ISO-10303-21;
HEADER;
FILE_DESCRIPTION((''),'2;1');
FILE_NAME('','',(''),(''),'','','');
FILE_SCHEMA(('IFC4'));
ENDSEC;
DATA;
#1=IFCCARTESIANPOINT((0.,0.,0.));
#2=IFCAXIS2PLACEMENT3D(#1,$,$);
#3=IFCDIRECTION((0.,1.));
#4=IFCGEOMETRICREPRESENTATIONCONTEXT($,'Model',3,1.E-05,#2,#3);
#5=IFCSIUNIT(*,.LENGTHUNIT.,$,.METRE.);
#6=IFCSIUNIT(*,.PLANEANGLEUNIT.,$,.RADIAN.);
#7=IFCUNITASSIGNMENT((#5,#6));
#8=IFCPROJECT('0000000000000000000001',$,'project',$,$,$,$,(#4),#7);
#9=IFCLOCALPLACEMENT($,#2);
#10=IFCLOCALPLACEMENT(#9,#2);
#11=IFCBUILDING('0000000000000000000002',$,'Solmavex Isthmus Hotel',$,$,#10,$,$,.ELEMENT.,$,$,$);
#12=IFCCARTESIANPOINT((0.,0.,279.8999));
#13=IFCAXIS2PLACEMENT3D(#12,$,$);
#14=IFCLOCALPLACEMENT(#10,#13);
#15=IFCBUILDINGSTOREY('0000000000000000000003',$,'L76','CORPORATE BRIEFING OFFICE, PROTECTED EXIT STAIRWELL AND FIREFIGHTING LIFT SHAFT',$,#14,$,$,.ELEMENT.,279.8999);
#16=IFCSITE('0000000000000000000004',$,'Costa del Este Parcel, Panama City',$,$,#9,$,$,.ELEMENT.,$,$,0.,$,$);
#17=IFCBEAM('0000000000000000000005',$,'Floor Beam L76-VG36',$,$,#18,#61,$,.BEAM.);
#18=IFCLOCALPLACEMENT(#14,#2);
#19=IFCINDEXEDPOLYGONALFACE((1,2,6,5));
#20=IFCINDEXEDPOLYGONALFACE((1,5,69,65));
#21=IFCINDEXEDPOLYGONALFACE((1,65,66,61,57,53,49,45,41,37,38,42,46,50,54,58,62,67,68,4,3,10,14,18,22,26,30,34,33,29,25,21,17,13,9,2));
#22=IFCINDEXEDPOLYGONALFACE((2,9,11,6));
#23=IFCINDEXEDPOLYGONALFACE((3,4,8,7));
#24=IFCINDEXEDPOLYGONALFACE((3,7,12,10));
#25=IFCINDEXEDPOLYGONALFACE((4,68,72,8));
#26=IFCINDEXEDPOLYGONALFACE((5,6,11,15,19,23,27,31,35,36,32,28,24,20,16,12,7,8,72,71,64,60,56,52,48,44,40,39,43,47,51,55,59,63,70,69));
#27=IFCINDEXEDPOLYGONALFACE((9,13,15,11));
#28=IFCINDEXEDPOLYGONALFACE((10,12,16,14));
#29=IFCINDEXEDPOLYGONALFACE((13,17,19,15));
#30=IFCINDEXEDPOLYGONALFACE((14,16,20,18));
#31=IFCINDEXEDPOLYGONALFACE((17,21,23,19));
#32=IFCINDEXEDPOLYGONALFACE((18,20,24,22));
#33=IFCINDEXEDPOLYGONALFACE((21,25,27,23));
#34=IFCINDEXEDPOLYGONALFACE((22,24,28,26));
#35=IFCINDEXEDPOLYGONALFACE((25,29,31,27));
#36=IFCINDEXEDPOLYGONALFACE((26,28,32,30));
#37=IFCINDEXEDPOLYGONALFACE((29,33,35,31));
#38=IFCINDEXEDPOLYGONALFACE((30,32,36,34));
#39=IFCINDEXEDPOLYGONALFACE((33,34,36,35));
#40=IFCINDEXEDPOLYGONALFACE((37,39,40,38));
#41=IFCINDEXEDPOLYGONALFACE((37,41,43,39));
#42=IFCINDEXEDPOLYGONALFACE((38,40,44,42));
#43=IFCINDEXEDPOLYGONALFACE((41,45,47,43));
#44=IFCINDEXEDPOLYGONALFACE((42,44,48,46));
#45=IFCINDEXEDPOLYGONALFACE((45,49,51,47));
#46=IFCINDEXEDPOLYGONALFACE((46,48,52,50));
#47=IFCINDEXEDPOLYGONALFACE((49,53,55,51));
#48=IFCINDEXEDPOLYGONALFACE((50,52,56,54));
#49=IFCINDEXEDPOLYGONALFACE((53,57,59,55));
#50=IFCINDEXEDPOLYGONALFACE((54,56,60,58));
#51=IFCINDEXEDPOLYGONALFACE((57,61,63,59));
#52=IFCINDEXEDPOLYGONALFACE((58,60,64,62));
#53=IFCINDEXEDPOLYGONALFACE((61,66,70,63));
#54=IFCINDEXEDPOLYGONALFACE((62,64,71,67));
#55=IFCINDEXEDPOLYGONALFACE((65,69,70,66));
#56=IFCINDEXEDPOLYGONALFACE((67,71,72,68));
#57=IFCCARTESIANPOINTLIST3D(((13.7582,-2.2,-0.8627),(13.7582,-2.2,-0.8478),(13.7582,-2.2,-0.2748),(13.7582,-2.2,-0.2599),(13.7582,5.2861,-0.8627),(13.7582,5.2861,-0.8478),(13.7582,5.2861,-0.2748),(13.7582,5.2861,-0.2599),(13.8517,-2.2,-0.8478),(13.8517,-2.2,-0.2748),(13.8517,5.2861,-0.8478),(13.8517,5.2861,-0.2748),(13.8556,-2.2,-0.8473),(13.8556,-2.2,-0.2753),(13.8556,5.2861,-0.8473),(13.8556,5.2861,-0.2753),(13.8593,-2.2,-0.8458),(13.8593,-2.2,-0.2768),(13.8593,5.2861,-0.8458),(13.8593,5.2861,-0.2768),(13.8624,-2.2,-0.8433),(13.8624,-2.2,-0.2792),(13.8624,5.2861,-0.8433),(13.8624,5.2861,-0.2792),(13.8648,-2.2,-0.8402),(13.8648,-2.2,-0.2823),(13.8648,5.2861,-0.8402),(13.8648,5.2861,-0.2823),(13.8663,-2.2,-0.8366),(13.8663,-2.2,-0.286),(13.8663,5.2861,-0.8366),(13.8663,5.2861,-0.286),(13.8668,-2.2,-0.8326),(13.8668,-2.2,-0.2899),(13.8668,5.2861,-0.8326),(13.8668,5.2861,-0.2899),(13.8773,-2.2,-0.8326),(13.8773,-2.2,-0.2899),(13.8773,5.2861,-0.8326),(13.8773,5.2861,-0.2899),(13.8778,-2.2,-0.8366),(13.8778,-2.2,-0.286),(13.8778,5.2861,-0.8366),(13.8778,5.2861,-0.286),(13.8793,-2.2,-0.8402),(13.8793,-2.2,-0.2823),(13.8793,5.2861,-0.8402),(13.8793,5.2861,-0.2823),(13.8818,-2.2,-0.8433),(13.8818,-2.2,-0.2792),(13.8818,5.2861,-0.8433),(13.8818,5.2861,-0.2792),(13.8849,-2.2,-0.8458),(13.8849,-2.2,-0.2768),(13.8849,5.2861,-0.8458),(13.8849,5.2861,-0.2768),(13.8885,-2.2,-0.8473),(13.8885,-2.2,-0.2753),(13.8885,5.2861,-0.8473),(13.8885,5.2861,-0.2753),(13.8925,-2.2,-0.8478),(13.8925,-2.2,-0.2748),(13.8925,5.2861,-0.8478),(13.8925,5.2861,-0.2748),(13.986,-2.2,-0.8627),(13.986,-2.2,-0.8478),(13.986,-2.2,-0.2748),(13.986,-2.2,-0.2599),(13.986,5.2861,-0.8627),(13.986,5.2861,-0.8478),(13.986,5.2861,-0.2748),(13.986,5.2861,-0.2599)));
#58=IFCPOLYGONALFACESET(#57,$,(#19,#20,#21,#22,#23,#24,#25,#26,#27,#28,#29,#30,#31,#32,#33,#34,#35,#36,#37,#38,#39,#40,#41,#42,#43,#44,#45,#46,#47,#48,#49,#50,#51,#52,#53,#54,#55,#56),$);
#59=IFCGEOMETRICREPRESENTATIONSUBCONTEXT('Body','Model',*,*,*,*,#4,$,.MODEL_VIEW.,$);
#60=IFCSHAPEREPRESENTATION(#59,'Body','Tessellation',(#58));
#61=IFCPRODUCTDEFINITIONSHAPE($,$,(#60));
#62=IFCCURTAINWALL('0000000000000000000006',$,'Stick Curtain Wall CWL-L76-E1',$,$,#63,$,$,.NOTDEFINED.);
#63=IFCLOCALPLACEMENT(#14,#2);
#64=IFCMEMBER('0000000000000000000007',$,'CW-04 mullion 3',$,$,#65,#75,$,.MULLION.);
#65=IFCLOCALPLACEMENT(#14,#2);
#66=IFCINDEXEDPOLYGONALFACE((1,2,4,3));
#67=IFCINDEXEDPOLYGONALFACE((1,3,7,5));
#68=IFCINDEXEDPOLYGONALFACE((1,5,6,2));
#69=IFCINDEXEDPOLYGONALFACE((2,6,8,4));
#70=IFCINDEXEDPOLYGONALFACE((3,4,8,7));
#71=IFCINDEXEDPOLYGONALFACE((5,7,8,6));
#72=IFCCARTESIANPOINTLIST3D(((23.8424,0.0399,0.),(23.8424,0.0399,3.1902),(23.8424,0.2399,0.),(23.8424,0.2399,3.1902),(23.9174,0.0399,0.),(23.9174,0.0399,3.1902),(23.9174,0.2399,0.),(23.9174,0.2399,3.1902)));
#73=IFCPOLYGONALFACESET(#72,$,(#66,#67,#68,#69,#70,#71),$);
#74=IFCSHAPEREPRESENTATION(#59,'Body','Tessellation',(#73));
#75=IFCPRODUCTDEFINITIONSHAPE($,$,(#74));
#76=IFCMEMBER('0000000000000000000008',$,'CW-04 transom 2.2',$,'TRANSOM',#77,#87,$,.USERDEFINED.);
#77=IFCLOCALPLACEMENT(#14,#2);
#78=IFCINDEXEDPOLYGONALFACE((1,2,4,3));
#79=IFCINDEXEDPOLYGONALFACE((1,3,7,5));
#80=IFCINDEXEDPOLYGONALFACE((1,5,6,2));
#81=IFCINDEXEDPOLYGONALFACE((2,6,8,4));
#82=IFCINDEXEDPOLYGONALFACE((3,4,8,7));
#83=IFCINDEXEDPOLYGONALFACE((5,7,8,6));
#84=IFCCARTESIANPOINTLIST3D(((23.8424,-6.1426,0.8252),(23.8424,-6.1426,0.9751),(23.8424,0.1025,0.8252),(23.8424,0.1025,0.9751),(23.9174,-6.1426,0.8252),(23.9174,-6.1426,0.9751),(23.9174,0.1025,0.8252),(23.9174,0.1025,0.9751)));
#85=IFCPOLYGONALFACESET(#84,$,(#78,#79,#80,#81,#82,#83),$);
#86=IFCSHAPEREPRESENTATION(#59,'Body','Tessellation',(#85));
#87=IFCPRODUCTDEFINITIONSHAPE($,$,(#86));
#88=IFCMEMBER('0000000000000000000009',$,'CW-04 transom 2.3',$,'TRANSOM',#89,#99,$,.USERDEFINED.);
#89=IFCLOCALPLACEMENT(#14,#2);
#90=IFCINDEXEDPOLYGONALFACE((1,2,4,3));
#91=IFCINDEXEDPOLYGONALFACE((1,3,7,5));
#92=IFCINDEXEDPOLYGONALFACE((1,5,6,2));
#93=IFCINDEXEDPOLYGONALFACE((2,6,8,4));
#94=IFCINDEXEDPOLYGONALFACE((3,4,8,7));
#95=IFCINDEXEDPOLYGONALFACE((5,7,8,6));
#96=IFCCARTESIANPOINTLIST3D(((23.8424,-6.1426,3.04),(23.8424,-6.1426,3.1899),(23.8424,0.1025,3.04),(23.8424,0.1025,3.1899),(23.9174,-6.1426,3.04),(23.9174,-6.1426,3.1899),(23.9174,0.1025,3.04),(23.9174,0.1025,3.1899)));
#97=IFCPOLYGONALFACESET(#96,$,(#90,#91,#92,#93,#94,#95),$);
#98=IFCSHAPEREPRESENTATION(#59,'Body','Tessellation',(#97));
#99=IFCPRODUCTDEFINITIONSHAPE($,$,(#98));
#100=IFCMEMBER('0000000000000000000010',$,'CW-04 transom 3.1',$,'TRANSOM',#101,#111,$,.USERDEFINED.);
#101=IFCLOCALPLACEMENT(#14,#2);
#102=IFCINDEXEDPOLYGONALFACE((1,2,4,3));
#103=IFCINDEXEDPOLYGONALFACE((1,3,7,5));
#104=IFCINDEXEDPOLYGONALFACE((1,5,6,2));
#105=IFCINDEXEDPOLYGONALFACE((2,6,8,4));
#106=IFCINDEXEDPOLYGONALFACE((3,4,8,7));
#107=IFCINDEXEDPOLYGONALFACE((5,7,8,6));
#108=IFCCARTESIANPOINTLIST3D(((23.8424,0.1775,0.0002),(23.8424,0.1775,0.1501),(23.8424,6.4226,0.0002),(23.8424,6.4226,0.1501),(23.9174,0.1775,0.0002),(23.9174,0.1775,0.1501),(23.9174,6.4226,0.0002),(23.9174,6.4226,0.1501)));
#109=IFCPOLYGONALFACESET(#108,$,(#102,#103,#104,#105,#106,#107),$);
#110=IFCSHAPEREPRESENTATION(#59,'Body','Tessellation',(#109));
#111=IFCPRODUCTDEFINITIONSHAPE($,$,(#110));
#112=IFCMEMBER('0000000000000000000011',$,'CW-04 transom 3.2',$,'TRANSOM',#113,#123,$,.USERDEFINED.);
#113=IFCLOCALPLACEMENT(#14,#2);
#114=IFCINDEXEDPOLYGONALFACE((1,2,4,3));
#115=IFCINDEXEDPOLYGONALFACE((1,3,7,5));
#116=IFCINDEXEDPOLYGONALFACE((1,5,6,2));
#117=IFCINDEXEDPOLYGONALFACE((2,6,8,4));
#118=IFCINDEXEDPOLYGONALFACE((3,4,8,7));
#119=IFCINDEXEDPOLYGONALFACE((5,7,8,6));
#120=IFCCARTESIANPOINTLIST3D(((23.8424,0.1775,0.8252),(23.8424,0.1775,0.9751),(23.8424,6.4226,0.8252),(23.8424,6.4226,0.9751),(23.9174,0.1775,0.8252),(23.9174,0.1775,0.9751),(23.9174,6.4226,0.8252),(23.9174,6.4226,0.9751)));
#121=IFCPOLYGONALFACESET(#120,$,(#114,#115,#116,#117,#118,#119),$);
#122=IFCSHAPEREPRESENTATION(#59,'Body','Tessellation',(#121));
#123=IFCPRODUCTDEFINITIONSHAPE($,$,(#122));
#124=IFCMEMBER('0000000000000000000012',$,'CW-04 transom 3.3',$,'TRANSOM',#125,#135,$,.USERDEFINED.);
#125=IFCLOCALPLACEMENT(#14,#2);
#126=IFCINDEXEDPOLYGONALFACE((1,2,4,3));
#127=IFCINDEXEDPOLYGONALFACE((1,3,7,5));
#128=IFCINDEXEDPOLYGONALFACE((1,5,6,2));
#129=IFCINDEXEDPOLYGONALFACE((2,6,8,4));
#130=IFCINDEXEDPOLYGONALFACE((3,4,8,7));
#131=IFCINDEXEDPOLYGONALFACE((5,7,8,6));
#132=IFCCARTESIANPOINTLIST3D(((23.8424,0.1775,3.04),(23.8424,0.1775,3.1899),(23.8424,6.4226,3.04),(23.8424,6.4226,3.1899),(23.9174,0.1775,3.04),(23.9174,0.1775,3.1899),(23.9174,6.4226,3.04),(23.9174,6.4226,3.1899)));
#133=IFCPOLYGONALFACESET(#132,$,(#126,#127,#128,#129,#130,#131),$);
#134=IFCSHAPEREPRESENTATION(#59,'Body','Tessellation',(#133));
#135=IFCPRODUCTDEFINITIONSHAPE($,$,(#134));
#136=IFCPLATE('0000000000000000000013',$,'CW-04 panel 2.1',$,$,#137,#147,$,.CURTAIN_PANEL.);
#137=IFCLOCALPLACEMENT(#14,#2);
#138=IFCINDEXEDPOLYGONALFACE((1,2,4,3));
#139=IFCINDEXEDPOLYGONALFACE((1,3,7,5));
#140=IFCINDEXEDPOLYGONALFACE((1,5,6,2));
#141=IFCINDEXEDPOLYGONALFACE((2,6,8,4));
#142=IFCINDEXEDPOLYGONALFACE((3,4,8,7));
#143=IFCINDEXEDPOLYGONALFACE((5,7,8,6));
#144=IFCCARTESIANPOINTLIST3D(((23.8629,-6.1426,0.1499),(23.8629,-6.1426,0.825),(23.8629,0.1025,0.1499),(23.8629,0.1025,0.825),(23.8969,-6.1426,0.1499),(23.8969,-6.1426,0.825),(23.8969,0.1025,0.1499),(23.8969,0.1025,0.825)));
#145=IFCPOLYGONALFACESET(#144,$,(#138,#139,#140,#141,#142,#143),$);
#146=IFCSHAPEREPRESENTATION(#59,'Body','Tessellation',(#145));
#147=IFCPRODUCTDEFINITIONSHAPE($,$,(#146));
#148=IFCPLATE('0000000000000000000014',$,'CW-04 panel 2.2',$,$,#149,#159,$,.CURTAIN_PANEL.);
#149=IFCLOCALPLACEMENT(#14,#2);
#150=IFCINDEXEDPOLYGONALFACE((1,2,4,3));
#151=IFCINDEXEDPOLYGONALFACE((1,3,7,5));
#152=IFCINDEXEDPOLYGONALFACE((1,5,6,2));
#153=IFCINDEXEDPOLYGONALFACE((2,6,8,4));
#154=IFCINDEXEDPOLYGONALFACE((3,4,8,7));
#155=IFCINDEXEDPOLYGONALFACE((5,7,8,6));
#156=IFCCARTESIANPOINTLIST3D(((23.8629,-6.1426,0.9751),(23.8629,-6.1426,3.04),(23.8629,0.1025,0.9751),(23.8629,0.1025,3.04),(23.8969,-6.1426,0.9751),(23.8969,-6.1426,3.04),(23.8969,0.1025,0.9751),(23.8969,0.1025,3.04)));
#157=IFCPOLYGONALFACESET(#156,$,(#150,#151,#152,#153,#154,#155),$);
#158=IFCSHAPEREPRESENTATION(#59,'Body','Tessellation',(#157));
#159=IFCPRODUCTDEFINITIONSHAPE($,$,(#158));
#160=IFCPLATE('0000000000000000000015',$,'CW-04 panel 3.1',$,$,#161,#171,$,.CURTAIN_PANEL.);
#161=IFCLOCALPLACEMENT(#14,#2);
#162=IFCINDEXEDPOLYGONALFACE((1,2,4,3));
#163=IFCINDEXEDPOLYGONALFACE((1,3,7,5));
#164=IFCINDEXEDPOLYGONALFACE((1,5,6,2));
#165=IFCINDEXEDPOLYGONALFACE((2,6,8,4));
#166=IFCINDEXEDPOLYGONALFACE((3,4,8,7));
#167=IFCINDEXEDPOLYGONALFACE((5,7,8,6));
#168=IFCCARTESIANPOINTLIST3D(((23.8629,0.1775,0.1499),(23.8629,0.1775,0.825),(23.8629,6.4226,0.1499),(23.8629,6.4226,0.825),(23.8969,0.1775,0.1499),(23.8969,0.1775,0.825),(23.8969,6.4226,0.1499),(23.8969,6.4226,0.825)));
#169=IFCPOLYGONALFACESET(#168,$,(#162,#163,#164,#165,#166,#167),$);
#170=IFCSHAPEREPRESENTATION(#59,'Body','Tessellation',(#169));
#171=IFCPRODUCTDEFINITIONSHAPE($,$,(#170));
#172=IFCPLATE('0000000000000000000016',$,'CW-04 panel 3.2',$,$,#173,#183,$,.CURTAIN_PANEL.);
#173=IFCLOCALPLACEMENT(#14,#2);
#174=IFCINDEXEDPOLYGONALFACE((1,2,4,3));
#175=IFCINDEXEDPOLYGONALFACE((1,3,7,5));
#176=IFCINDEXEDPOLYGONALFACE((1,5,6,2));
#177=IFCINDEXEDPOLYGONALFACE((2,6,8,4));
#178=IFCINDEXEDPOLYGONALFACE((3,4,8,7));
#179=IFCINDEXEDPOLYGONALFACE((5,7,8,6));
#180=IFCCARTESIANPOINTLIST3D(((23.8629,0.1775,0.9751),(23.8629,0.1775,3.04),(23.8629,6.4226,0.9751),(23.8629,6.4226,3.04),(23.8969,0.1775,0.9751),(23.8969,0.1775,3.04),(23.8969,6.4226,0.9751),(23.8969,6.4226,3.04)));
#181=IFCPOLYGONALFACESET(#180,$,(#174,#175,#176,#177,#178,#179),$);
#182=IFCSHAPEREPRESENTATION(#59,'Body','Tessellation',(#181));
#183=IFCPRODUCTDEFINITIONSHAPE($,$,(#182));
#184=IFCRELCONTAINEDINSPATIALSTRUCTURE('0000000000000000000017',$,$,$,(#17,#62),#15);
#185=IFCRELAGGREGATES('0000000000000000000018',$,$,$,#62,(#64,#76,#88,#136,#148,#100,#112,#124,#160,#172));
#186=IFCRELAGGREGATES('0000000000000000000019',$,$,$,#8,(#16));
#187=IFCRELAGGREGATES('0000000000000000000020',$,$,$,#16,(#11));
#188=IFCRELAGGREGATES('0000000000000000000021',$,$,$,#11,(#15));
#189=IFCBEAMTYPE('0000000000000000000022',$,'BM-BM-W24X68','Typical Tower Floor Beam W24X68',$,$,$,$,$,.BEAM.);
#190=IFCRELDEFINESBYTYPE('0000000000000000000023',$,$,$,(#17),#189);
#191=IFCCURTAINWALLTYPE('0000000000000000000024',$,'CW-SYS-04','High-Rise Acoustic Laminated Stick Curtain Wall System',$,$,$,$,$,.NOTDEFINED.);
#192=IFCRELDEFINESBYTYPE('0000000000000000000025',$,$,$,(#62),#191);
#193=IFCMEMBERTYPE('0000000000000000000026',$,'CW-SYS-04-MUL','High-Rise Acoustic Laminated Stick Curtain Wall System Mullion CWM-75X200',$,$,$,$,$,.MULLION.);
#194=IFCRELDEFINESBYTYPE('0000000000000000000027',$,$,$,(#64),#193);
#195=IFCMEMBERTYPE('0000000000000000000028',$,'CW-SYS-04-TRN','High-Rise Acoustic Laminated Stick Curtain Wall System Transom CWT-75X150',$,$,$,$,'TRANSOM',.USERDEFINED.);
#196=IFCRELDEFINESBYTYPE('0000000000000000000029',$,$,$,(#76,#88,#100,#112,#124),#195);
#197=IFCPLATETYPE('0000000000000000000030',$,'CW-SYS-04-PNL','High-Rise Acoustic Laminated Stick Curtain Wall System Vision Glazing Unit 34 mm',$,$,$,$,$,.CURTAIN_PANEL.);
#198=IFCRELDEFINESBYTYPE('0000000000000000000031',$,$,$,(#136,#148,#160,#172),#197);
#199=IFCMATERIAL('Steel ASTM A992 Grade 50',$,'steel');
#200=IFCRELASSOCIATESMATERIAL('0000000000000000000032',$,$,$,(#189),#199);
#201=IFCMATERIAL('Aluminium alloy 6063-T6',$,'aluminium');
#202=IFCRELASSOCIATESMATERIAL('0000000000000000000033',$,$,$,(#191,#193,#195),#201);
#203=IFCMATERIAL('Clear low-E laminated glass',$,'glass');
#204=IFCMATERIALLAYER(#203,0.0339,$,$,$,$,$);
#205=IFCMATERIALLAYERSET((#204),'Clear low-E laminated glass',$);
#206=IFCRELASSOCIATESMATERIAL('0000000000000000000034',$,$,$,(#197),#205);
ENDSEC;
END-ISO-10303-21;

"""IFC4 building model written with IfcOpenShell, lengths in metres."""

from ifc_helpers import new_model, si_unit, direction, frame, origin, origin_2d, place, context, subcontext, project, spatial, rectangle, i_section, extrude, material, layer, layer_set, material_profile, profile_set, type_object, element, aggregate, save


model = new_model("IFC4")

# Units and contexts
model_context = context("Model", 3, precision=1e-05, world=origin(), true_north=direction((0.0, 1.0)))
body_context = subcontext(model_context, "Body", "Model", "MODEL_VIEW")
ifc_project = project(units=[si_unit("LENGTHUNIT", "METRE"), si_unit("PLANEANGLEUNIT", "RADIAN")], contexts=[model_context])

# Site, building, storey
site_placement = place(None, origin())
site = spatial("IfcSite", under=ifc_project, at=site_placement, Name="Costa del Este Parcel, Panama City", CompositionType="ELEMENT", RefElevation=0.0)
building_placement = place(site_placement, origin())
building = spatial("IfcBuilding", under=site, at=building_placement, Name="Solmavex Isthmus Hotel", CompositionType="ELEMENT")
storey_placement = place(building_placement, frame((0.0, 0.0, 279.8999)))
storey = spatial("IfcBuildingStorey", under=building, at=storey_placement, Name="L76", Description="CORPORATE BRIEFING OFFICE, PROTECTED EXIT STAIRWELL AND FIREFIGHTING LIFT SHAFT", CompositionType="ELEMENT", Elevation=279.8999)

# Beam
ifc_material_1 = material(Name="Steel ASTM A992 Grade 50", Category="steel")
ifc_material_profile_1 = material_profile(ifc_material_1, i_section(OverallWidth=0.2278, OverallDepth=0.6028, WebThickness=0.0105, FlangeThickness=0.0149, FilletRadius=0.0151, at=origin_2d()), Name="W24X68")
ifc_profile_set_1 = profile_set([ifc_material_profile_1], Name="Steel ASTM A992 Grade 50")
beam_type = type_object("IfcBeamType", Name="BM-BM-W24X68", Description="Typical Tower Floor Beam W24X68", PredefinedType="BEAM", material=ifc_profile_set_1)
beam_1_placement = place(storey_placement, frame((13.8721, -2.2, -0.5613), z_axis=(0.0, 1.0, 0.0), x_axis=(-1.0, 0.0, 0.0)))
element("IfcBeam", 1, at=beam_1_placement, inside=storey, type_object=beam_type, Name="Floor Beam L76-VG36", PredefinedType="BEAM", context=body_context, shape_type="SweptSolid", body=[
    extrude(i_section(OverallWidth=0.2278, OverallDepth=0.6028, WebThickness=0.0105, FlangeThickness=0.0149, FilletRadius=0.0151, at=origin_2d()), origin(), (0.0, 0.0, 1.0), 7.4861),
])

# Curtain wall, members, plates
ifc_material_2 = material(Name="Aluminium alloy 6063-T6", Category="aluminium")
curtain_wall_type = type_object("IfcCurtainWallType", Name="CW-SYS-04", Description="High-Rise Acoustic Laminated Stick Curtain Wall System", PredefinedType="NOTDEFINED", material=ifc_material_2)
curtain_wall_placement = place(storey_placement, origin())
curtain_wall = element("IfcCurtainWall", 2, at=curtain_wall_placement, inside=storey, type_object=curtain_wall_type, Name="Stick Curtain Wall CWL-L76-E1", PredefinedType="NOTDEFINED")
ifc_material_profile_2 = material_profile(ifc_material_2, rectangle(XDim=0.075, YDim=0.2, at=origin_2d()), Name="CWM-75X200")
ifc_profile_set_2 = profile_set([ifc_material_profile_2], Name="Aluminium alloy 6063-T6")
member_type_1 = type_object("IfcMemberType", Name="CW-SYS-04-MUL", Description="High-Rise Acoustic Laminated Stick Curtain Wall System Mullion CWM-75X200", PredefinedType="MULLION", material=ifc_profile_set_2)
member_1_placement = place(storey_placement, frame((23.8799, 0.1399, 0.0), z_axis=(0.0, 0.0, 1.0), x_axis=(-1.0, 0.0, 0.0)))
member_1 = element("IfcMember", 3, at=member_1_placement, type_object=member_type_1, Name="CW-04 mullion 3", PredefinedType="MULLION", context=body_context, shape_type="SweptSolid", body=[
    extrude(rectangle(XDim=0.075, YDim=0.2, at=origin_2d()), origin(), (0.0, 0.0, 1.0), 3.1902),
])
ifc_material_profile_3 = material_profile(ifc_material_2, rectangle(XDim=0.075, YDim=0.1499, at=origin_2d()), Name="CWT-75X150")
ifc_profile_set_3 = profile_set([ifc_material_profile_3], Name="Aluminium alloy 6063-T6")
member_type_2 = type_object("IfcMemberType", Name="CW-SYS-04-TRN", Description="High-Rise Acoustic Laminated Stick Curtain Wall System Transom CWT-75X150", ElementType="TRANSOM", PredefinedType="USERDEFINED", material=ifc_profile_set_3)
member_2_placement = place(storey_placement, frame((23.8799, -6.1426, 0.9001), z_axis=(0.0, 1.0, 0.0), x_axis=(-1.0, 0.0, 0.0)))
member_2 = element("IfcMember", 4, at=member_2_placement, type_object=member_type_2, Name="CW-04 transom 2.2", ObjectType="TRANSOM", PredefinedType="USERDEFINED", context=body_context, shape_type="SweptSolid", body=[
    extrude(rectangle(XDim=0.075, YDim=0.1499, at=origin_2d()), origin(), (0.0, 0.0, 1.0), 6.2451),
])
member_3_placement = place(storey_placement, frame((23.8799, -6.1426, 3.115), z_axis=(0.0, 1.0, 0.0), x_axis=(-1.0, 0.0, 0.0)))
member_3 = element("IfcMember", 5, at=member_3_placement, type_object=member_type_2, Name="CW-04 transom 2.3", ObjectType="TRANSOM", PredefinedType="USERDEFINED", context=body_context, shape_type="SweptSolid", body=[
    extrude(rectangle(XDim=0.075, YDim=0.1499, at=origin_2d()), origin(), (0.0, 0.0, 1.0), 6.2451),
])
member_4_placement = place(storey_placement, frame((23.8799, 0.1775, 0.0752), z_axis=(0.0, 1.0, 0.0), x_axis=(-1.0, 0.0, 0.0)))
member_4 = element("IfcMember", 6, at=member_4_placement, type_object=member_type_2, Name="CW-04 transom 3.1", ObjectType="TRANSOM", PredefinedType="USERDEFINED", context=body_context, shape_type="SweptSolid", body=[
    extrude(rectangle(XDim=0.075, YDim=0.1499, at=origin_2d()), origin(), (0.0, 0.0, 1.0), 6.2451),
])
member_5_placement = place(storey_placement, frame((23.8799, 0.1775, 0.9001), z_axis=(0.0, 1.0, 0.0), x_axis=(-1.0, 0.0, 0.0)))
member_5 = element("IfcMember", 7, at=member_5_placement, type_object=member_type_2, Name="CW-04 transom 3.2", ObjectType="TRANSOM", PredefinedType="USERDEFINED", context=body_context, shape_type="SweptSolid", body=[
    extrude(rectangle(XDim=0.075, YDim=0.1499, at=origin_2d()), origin(), (0.0, 0.0, 1.0), 6.2451),
])
member_6_placement = place(storey_placement, frame((23.8799, 0.1775, 3.115), z_axis=(0.0, 1.0, 0.0), x_axis=(-1.0, 0.0, 0.0)))
member_6 = element("IfcMember", 8, at=member_6_placement, type_object=member_type_2, Name="CW-04 transom 3.3", ObjectType="TRANSOM", PredefinedType="USERDEFINED", context=body_context, shape_type="SweptSolid", body=[
    extrude(rectangle(XDim=0.075, YDim=0.1499, at=origin_2d()), origin(), (0.0, 0.0, 1.0), 6.2451),
])
ifc_material_3 = material(Name="Clear low-E laminated glass", Category="glass")
ifc_layer_1 = layer(ifc_material_3, 0.0339)
ifc_layer_set_1 = layer_set([ifc_layer_1], Name="Clear low-E laminated glass")
plate_type = type_object("IfcPlateType", Name="CW-SYS-04-PNL", Description="High-Rise Acoustic Laminated Stick Curtain Wall System Vision Glazing Unit 34 mm", PredefinedType="CURTAIN_PANEL", material=ifc_layer_set_1)
plate_1_placement = place(storey_placement, frame((23.8799, -3.02, 0.1499), z_axis=(0.0, 0.0, 1.0), x_axis=(0.0, 1.0, 0.0)))
plate_1 = element("IfcPlate", 9, at=plate_1_placement, type_object=plate_type, Name="CW-04 panel 2.1", PredefinedType="CURTAIN_PANEL", context=body_context, shape_type="SweptSolid", body=[
    extrude(rectangle(XDim=6.2451, YDim=0.0339, at=origin_2d()), origin(), (0.0, 0.0, 1.0), 0.675),
])
plate_2_placement = place(storey_placement, frame((23.8799, -3.02, 0.9751), z_axis=(0.0, 0.0, 1.0), x_axis=(0.0, 1.0, 0.0)))
plate_2 = element("IfcPlate", 10, at=plate_2_placement, type_object=plate_type, Name="CW-04 panel 2.2", PredefinedType="CURTAIN_PANEL", context=body_context, shape_type="SweptSolid", body=[
    extrude(rectangle(XDim=6.2451, YDim=0.0339, at=origin_2d()), origin(), (0.0, 0.0, 1.0), 2.0649),
])
plate_3_placement = place(storey_placement, frame((23.8799, 3.3, 0.1499), z_axis=(0.0, 0.0, 1.0), x_axis=(0.0, 1.0, 0.0)))
plate_3 = element("IfcPlate", 11, at=plate_3_placement, type_object=plate_type, Name="CW-04 panel 3.1", PredefinedType="CURTAIN_PANEL", context=body_context, shape_type="SweptSolid", body=[
    extrude(rectangle(XDim=6.2451, YDim=0.0339, at=origin_2d()), origin(), (0.0, 0.0, 1.0), 0.675),
])
plate_4_placement = place(storey_placement, frame((23.8799, 3.3, 0.9751), z_axis=(0.0, 0.0, 1.0), x_axis=(0.0, 1.0, 0.0)))
plate_4 = element("IfcPlate", 12, at=plate_4_placement, type_object=plate_type, Name="CW-04 panel 3.2", PredefinedType="CURTAIN_PANEL", context=body_context, shape_type="SweptSolid", body=[
    extrude(rectangle(XDim=6.2451, YDim=0.0339, at=origin_2d()), origin(), (0.0, 0.0, 1.0), 2.0649),
])
aggregate(curtain_wall, [member_1, member_2, member_3, plate_1, plate_2, member_4, member_5, member_6, plate_3, plate_4])

save(model, "model.ifc")
